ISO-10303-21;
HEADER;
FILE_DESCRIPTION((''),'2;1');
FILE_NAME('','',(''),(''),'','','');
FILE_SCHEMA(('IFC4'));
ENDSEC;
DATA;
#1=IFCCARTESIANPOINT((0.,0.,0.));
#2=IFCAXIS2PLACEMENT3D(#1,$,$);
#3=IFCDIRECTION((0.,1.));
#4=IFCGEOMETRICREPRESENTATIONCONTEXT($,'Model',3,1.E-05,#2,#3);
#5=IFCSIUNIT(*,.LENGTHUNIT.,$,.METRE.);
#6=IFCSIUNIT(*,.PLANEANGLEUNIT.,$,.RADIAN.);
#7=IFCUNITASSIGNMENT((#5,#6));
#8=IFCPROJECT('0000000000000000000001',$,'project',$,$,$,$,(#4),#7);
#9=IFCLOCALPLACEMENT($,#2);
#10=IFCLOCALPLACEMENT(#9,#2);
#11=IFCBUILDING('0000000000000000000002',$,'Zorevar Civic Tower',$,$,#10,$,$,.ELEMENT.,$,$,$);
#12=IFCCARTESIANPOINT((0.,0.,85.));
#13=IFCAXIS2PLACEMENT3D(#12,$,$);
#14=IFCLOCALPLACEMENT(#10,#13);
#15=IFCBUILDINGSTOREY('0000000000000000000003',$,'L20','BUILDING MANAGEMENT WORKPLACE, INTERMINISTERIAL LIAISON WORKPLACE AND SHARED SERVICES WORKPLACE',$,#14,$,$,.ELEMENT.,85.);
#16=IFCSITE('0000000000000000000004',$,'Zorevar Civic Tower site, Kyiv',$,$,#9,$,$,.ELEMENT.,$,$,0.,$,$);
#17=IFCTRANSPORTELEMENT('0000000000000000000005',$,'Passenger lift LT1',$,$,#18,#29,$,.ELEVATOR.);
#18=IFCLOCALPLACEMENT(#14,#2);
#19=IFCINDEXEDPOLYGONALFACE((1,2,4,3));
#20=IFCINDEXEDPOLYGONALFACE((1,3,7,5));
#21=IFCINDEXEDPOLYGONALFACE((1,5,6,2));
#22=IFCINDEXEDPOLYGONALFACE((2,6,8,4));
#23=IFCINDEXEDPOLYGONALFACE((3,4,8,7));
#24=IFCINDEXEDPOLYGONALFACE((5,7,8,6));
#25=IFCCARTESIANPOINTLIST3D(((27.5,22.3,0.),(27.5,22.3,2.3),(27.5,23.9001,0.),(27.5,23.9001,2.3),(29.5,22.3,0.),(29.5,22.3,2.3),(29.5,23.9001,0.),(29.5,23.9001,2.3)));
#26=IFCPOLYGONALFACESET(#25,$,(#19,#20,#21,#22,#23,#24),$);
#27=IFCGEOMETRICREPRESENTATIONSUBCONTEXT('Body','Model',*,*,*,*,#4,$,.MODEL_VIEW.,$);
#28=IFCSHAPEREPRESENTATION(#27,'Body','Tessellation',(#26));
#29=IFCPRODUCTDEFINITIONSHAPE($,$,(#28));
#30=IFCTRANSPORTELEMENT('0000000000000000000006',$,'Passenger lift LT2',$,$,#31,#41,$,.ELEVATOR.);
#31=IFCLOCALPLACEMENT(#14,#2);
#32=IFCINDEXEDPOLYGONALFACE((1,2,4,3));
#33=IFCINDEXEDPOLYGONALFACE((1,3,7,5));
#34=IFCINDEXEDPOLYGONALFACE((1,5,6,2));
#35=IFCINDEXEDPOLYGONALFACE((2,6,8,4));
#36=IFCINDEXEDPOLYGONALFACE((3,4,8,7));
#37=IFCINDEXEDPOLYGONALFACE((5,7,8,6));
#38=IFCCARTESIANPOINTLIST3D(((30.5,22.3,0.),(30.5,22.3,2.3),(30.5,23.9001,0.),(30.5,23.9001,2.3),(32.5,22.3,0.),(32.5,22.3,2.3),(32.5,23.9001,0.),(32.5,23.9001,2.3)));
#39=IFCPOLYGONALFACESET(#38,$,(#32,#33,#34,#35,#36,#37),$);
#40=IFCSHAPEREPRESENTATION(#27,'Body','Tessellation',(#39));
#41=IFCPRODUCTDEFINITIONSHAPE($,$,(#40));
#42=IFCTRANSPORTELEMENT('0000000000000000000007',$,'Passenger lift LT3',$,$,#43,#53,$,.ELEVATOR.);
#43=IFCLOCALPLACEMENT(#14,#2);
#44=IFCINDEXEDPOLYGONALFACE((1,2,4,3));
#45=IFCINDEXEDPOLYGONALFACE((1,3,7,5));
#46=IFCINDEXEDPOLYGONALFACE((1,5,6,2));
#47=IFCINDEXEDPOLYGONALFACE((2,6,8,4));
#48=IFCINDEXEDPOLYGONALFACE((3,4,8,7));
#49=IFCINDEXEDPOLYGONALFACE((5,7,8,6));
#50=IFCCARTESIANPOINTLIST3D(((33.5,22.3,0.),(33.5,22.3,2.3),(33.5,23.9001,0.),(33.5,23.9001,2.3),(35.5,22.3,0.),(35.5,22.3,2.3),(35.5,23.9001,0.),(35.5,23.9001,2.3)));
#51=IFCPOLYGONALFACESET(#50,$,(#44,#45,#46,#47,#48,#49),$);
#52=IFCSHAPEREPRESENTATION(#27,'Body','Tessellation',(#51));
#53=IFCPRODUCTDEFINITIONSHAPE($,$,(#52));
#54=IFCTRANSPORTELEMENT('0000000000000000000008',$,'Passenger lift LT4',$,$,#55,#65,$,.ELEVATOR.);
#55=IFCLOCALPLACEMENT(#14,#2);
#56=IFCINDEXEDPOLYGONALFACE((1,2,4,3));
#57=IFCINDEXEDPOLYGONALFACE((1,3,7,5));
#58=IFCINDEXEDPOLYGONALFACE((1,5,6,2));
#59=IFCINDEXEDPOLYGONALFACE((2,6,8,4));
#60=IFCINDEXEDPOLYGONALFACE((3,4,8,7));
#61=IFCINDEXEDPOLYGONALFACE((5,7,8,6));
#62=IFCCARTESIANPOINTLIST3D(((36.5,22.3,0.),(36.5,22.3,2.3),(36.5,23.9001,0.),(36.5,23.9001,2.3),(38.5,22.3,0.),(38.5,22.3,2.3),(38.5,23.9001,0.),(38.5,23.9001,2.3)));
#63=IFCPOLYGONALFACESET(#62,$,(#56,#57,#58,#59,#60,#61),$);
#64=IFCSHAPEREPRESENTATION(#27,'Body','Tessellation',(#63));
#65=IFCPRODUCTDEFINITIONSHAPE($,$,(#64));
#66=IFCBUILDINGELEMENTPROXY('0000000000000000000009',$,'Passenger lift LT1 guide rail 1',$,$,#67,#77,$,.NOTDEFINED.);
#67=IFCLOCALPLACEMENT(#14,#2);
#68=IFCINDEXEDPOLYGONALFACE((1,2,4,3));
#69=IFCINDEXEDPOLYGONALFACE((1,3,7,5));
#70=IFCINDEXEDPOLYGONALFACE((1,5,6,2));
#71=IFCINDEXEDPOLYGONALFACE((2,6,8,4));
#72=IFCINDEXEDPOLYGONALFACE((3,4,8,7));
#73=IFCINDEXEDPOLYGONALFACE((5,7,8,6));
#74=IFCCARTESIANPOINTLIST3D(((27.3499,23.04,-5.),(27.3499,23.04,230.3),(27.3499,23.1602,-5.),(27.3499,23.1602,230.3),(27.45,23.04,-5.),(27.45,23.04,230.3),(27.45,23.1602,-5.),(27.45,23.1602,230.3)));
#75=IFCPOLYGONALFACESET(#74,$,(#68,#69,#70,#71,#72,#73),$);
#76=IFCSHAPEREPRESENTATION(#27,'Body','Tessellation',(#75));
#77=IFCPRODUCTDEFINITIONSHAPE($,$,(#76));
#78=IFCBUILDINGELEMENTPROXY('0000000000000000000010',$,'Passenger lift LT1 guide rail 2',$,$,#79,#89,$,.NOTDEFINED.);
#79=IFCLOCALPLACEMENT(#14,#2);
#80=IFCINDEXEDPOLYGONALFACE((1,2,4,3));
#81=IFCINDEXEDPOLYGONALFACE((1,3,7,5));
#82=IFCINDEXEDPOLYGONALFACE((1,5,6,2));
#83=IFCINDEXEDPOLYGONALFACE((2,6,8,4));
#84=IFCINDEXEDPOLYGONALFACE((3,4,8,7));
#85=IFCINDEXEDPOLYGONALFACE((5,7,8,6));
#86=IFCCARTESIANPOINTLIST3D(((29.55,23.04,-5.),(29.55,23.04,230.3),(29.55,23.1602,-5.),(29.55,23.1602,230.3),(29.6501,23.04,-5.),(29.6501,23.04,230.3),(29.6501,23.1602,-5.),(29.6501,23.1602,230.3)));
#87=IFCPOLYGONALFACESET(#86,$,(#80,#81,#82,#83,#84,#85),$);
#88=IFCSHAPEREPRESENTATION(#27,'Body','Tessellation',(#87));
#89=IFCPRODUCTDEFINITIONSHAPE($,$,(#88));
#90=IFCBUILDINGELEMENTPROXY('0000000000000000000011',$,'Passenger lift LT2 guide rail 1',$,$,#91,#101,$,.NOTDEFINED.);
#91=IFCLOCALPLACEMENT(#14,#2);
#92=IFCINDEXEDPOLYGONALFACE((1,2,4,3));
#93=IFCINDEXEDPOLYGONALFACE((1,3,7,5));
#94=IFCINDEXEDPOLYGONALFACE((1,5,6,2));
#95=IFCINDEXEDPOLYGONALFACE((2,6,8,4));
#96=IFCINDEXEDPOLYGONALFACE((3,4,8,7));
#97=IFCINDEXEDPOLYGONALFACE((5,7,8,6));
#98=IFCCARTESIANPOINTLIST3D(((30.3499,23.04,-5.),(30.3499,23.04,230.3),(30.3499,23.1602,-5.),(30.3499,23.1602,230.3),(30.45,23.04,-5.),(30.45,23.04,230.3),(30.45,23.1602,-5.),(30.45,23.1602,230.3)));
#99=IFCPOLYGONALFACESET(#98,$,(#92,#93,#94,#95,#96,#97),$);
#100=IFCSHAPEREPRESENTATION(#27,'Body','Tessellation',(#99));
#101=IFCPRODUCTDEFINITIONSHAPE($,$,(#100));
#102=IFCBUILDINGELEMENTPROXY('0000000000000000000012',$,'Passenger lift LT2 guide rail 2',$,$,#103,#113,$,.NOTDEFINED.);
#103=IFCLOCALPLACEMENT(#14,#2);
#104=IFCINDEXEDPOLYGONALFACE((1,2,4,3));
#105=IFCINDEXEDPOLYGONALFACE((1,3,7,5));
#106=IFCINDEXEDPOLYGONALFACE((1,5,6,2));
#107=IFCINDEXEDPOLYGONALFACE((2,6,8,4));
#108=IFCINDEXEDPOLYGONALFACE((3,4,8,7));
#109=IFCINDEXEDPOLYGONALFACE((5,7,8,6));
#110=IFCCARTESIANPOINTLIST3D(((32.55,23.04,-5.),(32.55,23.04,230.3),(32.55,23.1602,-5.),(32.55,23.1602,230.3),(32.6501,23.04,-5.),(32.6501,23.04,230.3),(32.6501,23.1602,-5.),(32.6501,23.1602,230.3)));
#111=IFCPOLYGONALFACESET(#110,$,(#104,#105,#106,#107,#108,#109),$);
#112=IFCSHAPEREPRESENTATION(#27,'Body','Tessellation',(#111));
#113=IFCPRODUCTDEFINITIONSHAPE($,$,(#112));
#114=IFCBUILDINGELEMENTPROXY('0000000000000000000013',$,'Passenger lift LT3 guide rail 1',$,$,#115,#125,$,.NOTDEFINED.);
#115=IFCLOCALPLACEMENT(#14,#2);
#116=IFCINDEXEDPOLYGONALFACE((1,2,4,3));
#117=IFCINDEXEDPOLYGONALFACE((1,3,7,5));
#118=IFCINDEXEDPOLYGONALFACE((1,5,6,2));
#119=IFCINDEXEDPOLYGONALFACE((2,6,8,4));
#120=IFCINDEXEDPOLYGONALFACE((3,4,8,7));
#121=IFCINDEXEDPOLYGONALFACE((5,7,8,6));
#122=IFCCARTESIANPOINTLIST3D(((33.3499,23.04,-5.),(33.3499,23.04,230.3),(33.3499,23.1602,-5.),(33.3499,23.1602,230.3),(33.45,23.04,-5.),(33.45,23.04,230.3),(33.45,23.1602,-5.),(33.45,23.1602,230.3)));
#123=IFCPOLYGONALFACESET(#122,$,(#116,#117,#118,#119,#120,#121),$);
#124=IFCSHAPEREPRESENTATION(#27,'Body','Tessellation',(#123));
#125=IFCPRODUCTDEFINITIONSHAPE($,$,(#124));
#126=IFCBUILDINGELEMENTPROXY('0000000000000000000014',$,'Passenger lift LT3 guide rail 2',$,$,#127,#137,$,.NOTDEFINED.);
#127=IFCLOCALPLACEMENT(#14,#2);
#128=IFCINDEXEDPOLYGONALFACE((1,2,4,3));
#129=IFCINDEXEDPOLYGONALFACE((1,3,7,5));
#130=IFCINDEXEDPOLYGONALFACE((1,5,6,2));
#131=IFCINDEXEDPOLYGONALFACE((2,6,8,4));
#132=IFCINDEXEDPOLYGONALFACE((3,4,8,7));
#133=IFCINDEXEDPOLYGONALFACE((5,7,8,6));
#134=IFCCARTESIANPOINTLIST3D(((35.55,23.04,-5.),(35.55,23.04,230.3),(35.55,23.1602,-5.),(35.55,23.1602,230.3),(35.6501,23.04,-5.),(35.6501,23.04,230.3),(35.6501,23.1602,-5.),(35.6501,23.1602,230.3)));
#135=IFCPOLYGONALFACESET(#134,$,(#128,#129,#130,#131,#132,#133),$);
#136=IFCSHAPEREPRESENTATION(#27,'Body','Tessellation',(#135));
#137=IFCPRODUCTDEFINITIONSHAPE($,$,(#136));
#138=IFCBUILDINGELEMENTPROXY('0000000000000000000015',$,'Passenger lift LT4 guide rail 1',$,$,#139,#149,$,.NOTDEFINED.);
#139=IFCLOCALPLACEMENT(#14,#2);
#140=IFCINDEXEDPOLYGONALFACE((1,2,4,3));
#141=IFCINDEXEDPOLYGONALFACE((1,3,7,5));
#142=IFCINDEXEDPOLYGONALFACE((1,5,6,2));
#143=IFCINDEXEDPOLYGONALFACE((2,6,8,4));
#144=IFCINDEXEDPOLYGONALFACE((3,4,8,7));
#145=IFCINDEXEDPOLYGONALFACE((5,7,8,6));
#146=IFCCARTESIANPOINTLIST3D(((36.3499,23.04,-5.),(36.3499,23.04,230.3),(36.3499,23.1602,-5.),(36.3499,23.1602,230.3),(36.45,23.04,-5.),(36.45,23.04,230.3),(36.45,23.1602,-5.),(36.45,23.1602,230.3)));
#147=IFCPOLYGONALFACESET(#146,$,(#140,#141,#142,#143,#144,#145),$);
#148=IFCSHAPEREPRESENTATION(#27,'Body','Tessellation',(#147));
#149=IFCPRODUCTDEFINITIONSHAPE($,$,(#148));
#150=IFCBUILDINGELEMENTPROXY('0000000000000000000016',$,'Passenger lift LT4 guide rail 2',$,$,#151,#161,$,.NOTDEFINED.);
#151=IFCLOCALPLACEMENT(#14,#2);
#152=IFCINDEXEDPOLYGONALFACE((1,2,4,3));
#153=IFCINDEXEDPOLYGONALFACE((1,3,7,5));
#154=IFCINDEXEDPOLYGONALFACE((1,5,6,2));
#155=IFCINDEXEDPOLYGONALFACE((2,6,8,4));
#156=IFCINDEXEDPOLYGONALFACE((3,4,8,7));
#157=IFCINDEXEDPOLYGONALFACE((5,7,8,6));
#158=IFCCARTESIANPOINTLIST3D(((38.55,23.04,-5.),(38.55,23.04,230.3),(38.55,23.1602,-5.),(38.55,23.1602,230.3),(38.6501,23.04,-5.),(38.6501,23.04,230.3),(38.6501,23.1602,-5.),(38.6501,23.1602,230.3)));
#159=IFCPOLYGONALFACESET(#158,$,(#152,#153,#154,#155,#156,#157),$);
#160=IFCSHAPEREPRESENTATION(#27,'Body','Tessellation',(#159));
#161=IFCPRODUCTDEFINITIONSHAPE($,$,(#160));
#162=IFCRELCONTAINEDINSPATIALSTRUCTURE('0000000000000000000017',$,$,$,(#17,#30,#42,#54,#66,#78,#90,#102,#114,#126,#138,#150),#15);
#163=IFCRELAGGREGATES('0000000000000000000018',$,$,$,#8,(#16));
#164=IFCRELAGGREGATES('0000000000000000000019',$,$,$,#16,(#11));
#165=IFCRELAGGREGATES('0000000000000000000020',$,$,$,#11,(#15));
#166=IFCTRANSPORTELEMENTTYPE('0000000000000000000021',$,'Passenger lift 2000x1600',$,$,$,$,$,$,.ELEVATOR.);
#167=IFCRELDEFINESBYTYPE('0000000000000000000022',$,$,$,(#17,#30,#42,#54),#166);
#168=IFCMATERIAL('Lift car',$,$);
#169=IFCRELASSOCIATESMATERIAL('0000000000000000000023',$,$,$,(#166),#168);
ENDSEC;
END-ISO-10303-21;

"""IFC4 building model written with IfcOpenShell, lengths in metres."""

from ifc_helpers import new_model, si_unit, direction, frame, origin, origin_2d, place, context, subcontext, project, spatial, rectangle, extrude, material, type_object, element, save


model = new_model("IFC4")

# Units and contexts
model_context = context("Model", 3, precision=1e-05, world=origin(), true_north=direction((0.0, 1.0)))
body_context = subcontext(model_context, "Body", "Model", "MODEL_VIEW")
ifc_project = project(units=[si_unit("LENGTHUNIT", "METRE"), si_unit("PLANEANGLEUNIT", "RADIAN")], contexts=[model_context])

# Site, building, storey
site_placement = place(None, origin())
site = spatial("IfcSite", under=ifc_project, at=site_placement, Name="Zorevar Civic Tower site, Kyiv", CompositionType="ELEMENT", RefElevation=0.0)
building_placement = place(site_placement, origin())
building = spatial("IfcBuilding", under=site, at=building_placement, Name="Zorevar Civic Tower", CompositionType="ELEMENT")
storey_placement = place(building_placement, frame((0.0, 0.0, 85.0)))
storey = spatial("IfcBuildingStorey", under=building, at=storey_placement, Name="L20", Description="BUILDING MANAGEMENT WORKPLACE, INTERMINISTERIAL LIAISON WORKPLACE AND SHARED SERVICES WORKPLACE", CompositionType="ELEMENT", Elevation=85.0)

# Transport elements
ifc_material_1 = material(Name="Lift car")
transport_element_type = type_object("IfcTransportElementType", Name="Passenger lift 2000x1600", PredefinedType="ELEVATOR", material=ifc_material_1)
for number, where, z_axis, x_axis, name in (
    (1, (28.5, 23.1001, 0.0), (0.0, 0.0, 1.0), (1.0, 0.0, 0.0), "Passenger lift LT1"),
    (2, (31.5, 23.1001, 0.0), (0.0, 0.0, 1.0), (1.0, 0.0, 0.0), "Passenger lift LT2"),
    (3, (34.5, 23.1001, 0.0), (0.0, 0.0, 1.0), (1.0, 0.0, 0.0), "Passenger lift LT3"),
    (4, (37.5, 23.1001, 0.0), (0.0, 0.0, 1.0), (1.0, 0.0, 0.0), "Passenger lift LT4"),
):
    element("IfcTransportElement", number, at=place(storey_placement, frame(where, z_axis=z_axis, x_axis=x_axis)), inside=storey, type_object=transport_element_type, Name=name, PredefinedType="ELEVATOR", context=body_context, shape_type="SweptSolid", body=[
        extrude(rectangle(XDim=2.0, YDim=1.6001, at=origin_2d()), origin(), (0.0, 0.0, 1.0), 2.3),
    ])

# Building element proxies
for number, where, z_axis, x_axis, name in (
    (5, (27.3999, 23.1001, -5.0), (0.0, 0.0, 1.0), (1.0, 0.0, 0.0), "Passenger lift LT1 guide rail 1"),
    (6, (29.6001, 23.1001, -5.0), (0.0, 0.0, 1.0), (1.0, 0.0, 0.0), "Passenger lift LT1 guide rail 2"),
    (7, (30.3999, 23.1001, -5.0), (0.0, 0.0, 1.0), (1.0, 0.0, 0.0), "Passenger lift LT2 guide rail 1"),
    (8, (32.6001, 23.1001, -5.0), (0.0, 0.0, 1.0), (1.0, 0.0, 0.0), "Passenger lift LT2 guide rail 2"),
    (9, (33.3999, 23.1001, -5.0), (0.0, 0.0, 1.0), (1.0, 0.0, 0.0), "Passenger lift LT3 guide rail 1"),
    (10, (35.6001, 23.1001, -5.0), (0.0, 0.0, 1.0), (1.0, 0.0, 0.0), "Passenger lift LT3 guide rail 2"),
    (11, (36.3999, 23.1001, -5.0), (0.0, 0.0, 1.0), (1.0, 0.0, 0.0), "Passenger lift LT4 guide rail 1"),
    (12, (38.6001, 23.1001, -5.0), (0.0, 0.0, 1.0), (1.0, 0.0, 0.0), "Passenger lift LT4 guide rail 2"),
):
    element("IfcBuildingElementProxy", number, at=place(storey_placement, frame(where, z_axis=z_axis, x_axis=x_axis)), inside=storey, Name=name, PredefinedType="NOTDEFINED", context=body_context, shape_type="SweptSolid", body=[
        extrude(rectangle(XDim=0.1001, YDim=0.1201, at=origin_2d()), origin(), (0.0, 0.0, 1.0), 235.3),
    ])

save(model, "model.ifc")
